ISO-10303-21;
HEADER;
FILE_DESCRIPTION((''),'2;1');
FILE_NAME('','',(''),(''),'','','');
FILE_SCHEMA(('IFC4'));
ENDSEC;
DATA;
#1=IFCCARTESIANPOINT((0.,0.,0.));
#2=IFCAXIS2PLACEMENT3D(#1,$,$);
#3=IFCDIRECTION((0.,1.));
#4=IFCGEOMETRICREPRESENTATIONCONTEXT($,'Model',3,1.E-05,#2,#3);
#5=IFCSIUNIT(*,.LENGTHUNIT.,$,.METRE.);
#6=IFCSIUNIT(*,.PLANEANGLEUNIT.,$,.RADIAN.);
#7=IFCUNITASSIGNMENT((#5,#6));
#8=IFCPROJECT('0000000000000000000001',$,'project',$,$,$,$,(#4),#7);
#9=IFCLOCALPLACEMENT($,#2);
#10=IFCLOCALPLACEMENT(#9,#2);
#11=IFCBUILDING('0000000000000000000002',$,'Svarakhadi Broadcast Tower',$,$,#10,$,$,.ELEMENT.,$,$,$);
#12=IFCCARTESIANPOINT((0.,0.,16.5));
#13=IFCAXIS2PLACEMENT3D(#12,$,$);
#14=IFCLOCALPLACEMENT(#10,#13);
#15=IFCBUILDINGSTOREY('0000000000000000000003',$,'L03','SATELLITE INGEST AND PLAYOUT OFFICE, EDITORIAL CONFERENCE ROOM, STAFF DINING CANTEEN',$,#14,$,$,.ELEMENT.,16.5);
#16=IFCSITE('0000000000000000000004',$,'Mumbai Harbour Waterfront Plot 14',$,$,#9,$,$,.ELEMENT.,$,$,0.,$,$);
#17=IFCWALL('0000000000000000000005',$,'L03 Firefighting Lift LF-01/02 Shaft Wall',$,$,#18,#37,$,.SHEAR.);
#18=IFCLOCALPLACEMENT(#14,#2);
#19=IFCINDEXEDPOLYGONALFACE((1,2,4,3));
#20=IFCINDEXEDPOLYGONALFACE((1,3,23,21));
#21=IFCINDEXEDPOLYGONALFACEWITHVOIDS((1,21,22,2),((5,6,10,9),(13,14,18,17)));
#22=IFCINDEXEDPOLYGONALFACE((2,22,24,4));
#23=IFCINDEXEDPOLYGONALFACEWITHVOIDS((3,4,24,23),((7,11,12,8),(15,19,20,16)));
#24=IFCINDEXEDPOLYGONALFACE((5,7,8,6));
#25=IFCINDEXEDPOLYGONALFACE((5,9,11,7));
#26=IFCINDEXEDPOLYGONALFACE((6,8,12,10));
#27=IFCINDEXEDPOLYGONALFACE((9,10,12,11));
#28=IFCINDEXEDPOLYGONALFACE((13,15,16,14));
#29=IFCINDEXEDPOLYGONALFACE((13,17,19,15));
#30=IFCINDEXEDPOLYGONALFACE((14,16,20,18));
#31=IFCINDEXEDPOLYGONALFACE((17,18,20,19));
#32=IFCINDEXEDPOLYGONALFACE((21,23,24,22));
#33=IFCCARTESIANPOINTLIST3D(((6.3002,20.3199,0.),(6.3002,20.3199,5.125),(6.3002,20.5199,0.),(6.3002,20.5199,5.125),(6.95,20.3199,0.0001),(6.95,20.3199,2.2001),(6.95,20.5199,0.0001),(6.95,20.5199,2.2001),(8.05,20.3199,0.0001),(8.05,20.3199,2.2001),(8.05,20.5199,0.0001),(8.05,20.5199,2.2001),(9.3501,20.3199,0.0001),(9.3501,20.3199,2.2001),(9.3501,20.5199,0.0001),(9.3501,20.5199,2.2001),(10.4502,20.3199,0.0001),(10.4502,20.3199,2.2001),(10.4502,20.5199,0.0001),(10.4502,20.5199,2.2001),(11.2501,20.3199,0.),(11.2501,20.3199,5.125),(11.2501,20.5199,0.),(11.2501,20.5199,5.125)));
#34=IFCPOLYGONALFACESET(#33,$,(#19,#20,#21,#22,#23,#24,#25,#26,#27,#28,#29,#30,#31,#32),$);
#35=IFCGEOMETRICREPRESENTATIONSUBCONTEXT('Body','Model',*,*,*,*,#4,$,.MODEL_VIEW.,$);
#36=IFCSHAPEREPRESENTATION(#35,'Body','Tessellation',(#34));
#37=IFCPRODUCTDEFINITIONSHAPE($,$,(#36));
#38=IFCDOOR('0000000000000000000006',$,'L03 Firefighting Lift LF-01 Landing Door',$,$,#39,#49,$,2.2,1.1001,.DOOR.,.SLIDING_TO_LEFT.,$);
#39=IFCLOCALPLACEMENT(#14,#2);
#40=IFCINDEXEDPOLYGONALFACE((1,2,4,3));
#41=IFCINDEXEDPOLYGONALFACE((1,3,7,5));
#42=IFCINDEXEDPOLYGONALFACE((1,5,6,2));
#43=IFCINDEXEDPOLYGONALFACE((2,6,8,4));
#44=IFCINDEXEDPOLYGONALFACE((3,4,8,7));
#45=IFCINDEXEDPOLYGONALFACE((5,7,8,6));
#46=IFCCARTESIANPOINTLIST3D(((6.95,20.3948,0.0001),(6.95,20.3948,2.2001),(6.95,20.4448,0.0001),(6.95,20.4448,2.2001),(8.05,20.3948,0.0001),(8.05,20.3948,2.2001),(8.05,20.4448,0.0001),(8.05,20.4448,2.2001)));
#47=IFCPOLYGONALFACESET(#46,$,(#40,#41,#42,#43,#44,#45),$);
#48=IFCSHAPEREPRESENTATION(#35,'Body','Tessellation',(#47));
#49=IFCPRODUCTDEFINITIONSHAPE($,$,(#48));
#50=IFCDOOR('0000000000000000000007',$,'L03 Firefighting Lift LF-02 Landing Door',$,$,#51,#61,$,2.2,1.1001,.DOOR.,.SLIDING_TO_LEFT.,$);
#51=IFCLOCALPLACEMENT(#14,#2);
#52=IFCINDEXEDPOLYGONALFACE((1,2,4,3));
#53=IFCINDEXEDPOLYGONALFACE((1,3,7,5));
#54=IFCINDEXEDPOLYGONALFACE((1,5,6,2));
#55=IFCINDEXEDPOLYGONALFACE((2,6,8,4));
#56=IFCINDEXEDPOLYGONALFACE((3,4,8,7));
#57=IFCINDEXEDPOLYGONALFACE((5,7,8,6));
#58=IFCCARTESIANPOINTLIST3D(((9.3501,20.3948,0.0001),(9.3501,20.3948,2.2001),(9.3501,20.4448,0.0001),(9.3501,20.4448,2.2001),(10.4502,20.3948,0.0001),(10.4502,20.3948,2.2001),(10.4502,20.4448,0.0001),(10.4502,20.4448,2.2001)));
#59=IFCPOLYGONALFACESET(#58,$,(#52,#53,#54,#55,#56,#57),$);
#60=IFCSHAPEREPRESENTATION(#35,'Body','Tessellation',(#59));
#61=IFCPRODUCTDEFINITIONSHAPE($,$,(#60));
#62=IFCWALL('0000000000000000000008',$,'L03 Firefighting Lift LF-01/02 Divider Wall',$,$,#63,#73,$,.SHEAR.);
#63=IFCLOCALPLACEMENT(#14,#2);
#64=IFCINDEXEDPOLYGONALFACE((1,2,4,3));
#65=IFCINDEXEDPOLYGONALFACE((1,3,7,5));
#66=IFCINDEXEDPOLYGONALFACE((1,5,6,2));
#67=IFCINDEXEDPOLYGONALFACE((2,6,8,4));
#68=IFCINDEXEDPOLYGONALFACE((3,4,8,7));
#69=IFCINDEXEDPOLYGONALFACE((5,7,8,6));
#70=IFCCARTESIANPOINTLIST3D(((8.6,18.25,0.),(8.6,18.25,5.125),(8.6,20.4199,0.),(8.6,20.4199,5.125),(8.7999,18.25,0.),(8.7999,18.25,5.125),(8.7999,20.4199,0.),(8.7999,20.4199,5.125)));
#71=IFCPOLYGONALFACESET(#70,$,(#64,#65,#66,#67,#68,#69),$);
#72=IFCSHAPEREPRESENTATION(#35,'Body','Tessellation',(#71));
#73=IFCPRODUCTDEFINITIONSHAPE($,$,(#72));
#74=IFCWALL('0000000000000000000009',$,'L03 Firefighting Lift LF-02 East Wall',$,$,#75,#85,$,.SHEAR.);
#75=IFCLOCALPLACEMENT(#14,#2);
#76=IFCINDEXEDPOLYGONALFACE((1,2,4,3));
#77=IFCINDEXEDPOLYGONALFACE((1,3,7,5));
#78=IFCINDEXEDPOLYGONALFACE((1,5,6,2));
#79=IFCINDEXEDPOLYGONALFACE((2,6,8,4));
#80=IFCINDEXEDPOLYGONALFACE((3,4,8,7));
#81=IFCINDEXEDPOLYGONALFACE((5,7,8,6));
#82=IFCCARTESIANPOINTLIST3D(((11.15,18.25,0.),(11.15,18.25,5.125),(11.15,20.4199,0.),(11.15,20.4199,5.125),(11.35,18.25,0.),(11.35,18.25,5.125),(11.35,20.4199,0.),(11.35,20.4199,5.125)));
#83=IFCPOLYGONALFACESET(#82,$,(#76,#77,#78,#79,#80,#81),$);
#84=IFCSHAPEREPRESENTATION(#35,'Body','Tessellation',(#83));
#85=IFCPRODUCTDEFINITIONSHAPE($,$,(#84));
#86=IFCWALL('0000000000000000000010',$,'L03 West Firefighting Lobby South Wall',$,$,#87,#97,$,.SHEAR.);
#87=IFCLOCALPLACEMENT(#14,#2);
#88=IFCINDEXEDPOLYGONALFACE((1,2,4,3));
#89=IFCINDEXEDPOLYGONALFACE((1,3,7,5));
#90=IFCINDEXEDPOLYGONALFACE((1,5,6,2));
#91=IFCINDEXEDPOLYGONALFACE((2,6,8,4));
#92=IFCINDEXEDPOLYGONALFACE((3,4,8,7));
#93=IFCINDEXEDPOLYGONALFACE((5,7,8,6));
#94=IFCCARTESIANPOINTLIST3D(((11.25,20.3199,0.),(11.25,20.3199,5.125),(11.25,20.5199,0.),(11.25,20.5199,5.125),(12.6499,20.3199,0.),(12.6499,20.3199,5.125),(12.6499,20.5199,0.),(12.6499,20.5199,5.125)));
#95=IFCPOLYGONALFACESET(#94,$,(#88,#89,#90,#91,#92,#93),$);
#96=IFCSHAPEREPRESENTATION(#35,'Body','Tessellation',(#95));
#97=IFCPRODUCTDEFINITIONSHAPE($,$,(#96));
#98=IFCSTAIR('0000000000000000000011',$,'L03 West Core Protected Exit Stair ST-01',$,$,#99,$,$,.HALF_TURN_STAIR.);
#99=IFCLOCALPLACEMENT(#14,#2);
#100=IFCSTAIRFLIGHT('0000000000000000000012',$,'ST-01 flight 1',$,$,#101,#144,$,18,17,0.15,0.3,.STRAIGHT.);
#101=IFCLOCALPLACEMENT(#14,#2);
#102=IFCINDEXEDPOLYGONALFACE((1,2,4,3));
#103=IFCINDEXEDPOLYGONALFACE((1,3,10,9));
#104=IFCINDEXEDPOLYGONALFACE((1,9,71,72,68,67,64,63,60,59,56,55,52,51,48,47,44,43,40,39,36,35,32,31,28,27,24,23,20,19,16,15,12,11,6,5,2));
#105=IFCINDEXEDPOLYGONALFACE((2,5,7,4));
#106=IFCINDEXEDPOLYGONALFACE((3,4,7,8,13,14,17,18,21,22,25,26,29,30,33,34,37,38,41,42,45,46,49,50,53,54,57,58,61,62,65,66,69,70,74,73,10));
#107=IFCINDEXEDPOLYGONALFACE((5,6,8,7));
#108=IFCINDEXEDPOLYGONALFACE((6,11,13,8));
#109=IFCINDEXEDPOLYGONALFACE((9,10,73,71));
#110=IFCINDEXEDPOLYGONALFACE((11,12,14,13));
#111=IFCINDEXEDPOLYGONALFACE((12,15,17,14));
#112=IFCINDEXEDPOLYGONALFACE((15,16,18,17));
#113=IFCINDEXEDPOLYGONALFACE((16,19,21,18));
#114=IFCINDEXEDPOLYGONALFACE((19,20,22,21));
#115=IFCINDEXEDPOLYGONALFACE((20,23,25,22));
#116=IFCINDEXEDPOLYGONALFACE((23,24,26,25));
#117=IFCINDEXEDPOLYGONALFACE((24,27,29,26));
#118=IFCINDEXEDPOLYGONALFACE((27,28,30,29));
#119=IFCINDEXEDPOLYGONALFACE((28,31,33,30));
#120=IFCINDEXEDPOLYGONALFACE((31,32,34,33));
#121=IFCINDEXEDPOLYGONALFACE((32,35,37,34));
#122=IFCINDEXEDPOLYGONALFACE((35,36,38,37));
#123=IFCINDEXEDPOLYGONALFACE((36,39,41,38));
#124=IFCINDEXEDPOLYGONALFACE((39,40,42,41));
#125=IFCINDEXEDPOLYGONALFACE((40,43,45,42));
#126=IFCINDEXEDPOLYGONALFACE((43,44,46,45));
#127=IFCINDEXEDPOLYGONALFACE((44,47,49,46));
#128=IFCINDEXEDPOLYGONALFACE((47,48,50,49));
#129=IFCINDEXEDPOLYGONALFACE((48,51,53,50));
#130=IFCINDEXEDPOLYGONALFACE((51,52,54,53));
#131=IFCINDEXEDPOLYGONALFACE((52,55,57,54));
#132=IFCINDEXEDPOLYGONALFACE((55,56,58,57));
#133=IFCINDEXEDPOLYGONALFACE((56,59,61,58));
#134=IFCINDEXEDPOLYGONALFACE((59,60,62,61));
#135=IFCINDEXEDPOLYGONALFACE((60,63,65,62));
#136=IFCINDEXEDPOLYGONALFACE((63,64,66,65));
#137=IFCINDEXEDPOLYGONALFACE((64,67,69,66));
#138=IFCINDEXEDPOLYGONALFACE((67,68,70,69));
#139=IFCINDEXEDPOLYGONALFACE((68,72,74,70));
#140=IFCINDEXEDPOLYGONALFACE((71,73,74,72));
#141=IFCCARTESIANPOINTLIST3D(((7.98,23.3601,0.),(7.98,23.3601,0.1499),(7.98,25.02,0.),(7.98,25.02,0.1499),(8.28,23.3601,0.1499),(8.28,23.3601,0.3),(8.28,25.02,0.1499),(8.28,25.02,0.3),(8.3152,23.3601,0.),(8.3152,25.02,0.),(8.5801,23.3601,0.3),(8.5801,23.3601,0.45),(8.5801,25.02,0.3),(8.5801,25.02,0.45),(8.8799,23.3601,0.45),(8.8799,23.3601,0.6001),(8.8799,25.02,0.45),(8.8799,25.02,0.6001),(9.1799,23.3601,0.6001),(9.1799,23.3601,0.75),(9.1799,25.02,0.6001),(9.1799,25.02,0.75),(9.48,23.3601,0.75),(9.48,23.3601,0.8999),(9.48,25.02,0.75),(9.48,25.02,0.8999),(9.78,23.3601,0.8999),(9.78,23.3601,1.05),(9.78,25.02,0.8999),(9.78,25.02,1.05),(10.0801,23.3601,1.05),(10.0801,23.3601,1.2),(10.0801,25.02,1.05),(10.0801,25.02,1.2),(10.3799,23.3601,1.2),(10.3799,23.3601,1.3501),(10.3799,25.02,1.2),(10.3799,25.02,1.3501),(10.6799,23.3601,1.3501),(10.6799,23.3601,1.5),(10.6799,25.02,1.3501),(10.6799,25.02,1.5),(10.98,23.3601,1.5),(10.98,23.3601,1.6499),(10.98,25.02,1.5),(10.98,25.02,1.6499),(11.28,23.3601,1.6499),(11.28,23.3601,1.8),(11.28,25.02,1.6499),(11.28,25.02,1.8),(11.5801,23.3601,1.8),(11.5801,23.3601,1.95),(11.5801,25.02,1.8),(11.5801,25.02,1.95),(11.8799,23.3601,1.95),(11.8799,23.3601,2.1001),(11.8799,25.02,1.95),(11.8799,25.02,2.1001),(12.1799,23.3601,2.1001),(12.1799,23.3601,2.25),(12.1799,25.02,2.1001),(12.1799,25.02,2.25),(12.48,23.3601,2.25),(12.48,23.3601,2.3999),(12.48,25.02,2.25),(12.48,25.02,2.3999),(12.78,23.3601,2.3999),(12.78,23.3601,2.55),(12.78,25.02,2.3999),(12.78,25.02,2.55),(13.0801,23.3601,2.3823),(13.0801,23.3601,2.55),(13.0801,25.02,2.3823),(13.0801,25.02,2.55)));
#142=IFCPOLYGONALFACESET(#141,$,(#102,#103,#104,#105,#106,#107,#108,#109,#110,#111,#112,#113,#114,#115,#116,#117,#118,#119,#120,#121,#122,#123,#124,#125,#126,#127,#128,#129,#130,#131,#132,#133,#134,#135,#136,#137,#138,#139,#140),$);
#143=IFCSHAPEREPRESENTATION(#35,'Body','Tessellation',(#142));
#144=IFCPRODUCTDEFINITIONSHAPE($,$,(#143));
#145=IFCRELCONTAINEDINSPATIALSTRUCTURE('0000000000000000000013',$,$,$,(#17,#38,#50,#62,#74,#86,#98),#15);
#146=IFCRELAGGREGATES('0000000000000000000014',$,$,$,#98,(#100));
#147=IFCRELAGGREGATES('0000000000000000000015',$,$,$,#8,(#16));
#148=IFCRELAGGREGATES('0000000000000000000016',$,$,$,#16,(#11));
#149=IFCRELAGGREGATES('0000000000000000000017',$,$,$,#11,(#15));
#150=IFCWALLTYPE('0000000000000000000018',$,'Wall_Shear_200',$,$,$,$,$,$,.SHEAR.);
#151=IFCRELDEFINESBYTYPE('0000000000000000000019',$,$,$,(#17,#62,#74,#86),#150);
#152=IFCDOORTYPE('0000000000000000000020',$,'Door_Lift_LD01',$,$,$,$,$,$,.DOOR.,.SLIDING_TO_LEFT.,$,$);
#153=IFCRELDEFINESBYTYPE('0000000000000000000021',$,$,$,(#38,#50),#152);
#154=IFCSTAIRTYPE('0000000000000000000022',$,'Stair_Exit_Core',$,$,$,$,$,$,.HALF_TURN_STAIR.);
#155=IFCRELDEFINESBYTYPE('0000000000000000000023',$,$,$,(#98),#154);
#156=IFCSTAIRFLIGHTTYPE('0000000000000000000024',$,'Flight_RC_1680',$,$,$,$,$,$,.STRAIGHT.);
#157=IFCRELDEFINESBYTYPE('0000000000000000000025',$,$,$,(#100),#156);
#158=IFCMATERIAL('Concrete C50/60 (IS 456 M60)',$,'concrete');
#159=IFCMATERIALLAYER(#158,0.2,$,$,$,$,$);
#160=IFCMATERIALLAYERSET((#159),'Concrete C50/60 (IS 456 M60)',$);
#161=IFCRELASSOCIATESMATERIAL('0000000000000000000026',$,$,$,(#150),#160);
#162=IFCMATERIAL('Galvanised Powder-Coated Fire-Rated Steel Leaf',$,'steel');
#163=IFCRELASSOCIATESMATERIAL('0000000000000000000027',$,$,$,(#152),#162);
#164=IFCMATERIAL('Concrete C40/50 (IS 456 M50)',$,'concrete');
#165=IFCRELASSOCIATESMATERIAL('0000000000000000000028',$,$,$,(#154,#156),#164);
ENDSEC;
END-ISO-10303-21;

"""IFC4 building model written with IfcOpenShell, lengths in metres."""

from ifc_helpers import new_model, si_unit, direction, frame, frame_2d, origin, place, context, subcontext, project, spatial, polyline, rectangle, outline, extrude, material, layer, layer_set, type_object, element, fill, aggregate, save


model = new_model("IFC4")

# Units and contexts
model_context = context("Model", 3, precision=1e-05, world=origin(), true_north=direction((0.0, 1.0)))
body_context = subcontext(model_context, "Body", "Model", "MODEL_VIEW")
ifc_project = project(units=[si_unit("LENGTHUNIT", "METRE"), si_unit("PLANEANGLEUNIT", "RADIAN")], contexts=[model_context])

# Site, building, storey
site_placement = place(None, origin())
site = spatial("IfcSite", under=ifc_project, at=site_placement, Name="Mumbai Harbour Waterfront Plot 14", CompositionType="ELEMENT", RefElevation=0.0)
building_placement = place(site_placement, origin())
building = spatial("IfcBuilding", under=site, at=building_placement, Name="Svarakhadi Broadcast Tower", CompositionType="ELEMENT")
storey_placement = place(building_placement, frame((0.0, 0.0, 16.5)))
storey = spatial("IfcBuildingStorey", under=building, at=storey_placement, Name="L03", Description="SATELLITE INGEST AND PLAYOUT OFFICE, EDITORIAL CONFERENCE ROOM, STAFF DINING CANTEEN", CompositionType="ELEMENT", Elevation=16.5)

# Shared definitions
ifc_material_1 = material(Name="Concrete C50/60 (IS 456 M60)", Category="concrete")

# Shared definitions
ifc_material_2 = material(Name="Concrete C40/50 (IS 456 M50)", Category="concrete")

# Shared definitions
ifc_layer_1 = layer(ifc_material_1, 0.2)
ifc_layer_set_1 = layer_set([ifc_layer_1], Name="Concrete C50/60 (IS 456 M60)")
wall_type_1 = type_object("IfcWallType", Name="Wall_Shear_200", PredefinedType="SHEAR", material=ifc_layer_set_1)
ifc_material_3 = material(Name="Galvanised Powder-Coated Fire-Rated Steel Leaf", Category="steel")

# Wall, openings, doors
wall_1_placement = place(storey_placement, frame((6.3, 20.4199, 0.0), z_axis=(0.0, 0.0, 1.0), x_axis=(1.0, 0.0, 0.0)))
wall_1 = element("IfcWall", 1, at=wall_1_placement, inside=storey, type_object=wall_type_1, Name="L03 Firefighting Lift LF-01/02 Shaft Wall", PredefinedType="SHEAR", context=body_context, shape_type="SweptSolid", body=[
    extrude(rectangle(XDim=4.95, YDim=0.2, at=frame_2d((2.4751, 0.0))), origin(), (0.0, 0.0, 1.0), 5.125),
])
opening_1_placement = place(wall_1_placement, frame((0.6499, 0.0, 0.0)))
opening_1 = element("IfcOpeningElement", 2, at=opening_1_placement, cuts=wall_1, PredefinedType="OPENING", context=body_context, shape_type="SweptSolid", body=[
    extrude(rectangle(XDim=1.1001, YDim=2.2, at=frame_2d((0.55, 1.1001))), frame((0.0, 0.1099, 0.0), z_axis=(0.0, -1.0, 0.0), x_axis=(1.0, 0.0, 0.0)), (0.0, 0.0, 1.0), 0.22),
])
opening_2_placement = place(wall_1_placement, frame((3.05, 0.0, 0.0)))
opening_2 = element("IfcOpeningElement", 3, at=opening_2_placement, cuts=wall_1, PredefinedType="OPENING", context=body_context, shape_type="SweptSolid", body=[
    extrude(rectangle(XDim=1.1001, YDim=2.2, at=frame_2d((0.55, 1.1001))), frame((0.0, 0.1099, 0.0), z_axis=(0.0, -1.0, 0.0), x_axis=(1.0, 0.0, 0.0)), (0.0, 0.0, 1.0), 0.22),
])
door_type_1 = type_object("IfcDoorType", Name="Door_Lift_LD01", OperationType="SLIDING_TO_LEFT", PredefinedType="DOOR", material=ifc_material_3)
door_1_placement = place(opening_1_placement, origin())
door_1 = element("IfcDoor", 4, at=door_1_placement, inside=storey, type_object=door_type_1, Name="L03 Firefighting Lift LF-01 Landing Door", OperationType="SLIDING_TO_LEFT", OverallHeight=2.2, OverallWidth=1.1001, PredefinedType="DOOR", context=body_context, shape_type="SweptSolid", body=[
    extrude(rectangle(XDim=1.1001, YDim=2.2, at=frame_2d((0.55, 1.1001))), frame((0.0, 0.0249, 0.0), z_axis=(0.0, -1.0, 0.0), x_axis=(1.0, 0.0, 0.0)), (0.0, 0.0, 1.0), 0.05),
])
fill(opening_1, door_1)
door_2_placement = place(opening_2_placement, origin())
door_2 = element("IfcDoor", 5, at=door_2_placement, inside=storey, type_object=door_type_1, Name="L03 Firefighting Lift LF-02 Landing Door", OperationType="SLIDING_TO_LEFT", OverallHeight=2.2, OverallWidth=1.1001, PredefinedType="DOOR", context=body_context, shape_type="SweptSolid", body=[
    extrude(rectangle(XDim=1.1001, YDim=2.2, at=frame_2d((0.55, 1.1001))), frame((0.0, 0.0249, 0.0), z_axis=(0.0, -1.0, 0.0), x_axis=(1.0, 0.0, 0.0)), (0.0, 0.0, 1.0), 0.05),
])
fill(opening_2, door_2)

# Walls
for number, where, z_axis, x_axis, name in (
    (6, (8.7, 18.25, 0.0), (0.0, 0.0, 1.0), (0.0, 1.0, 0.0), "L03 Firefighting Lift LF-01/02 Divider Wall"),
    (7, (11.25, 18.25, 0.0), (0.0, 0.0, 1.0), (0.0, 1.0, 0.0), "L03 Firefighting Lift LF-02 East Wall"),
):
    element("IfcWall", number, at=place(storey_placement, frame(where, z_axis=z_axis, x_axis=x_axis)), inside=storey, type_object=wall_type_1, Name=name, PredefinedType="SHEAR", context=body_context, shape_type="SweptSolid", body=[
        extrude(rectangle(XDim=2.1699, YDim=0.2, at=frame_2d((1.085, 0.0))), origin(), (0.0, 0.0, 1.0), 5.125),
    ])
wall_2_placement = place(storey_placement, frame((11.25, 20.4199, 0.0), z_axis=(0.0, 0.0, 1.0), x_axis=(1.0, 0.0, 0.0)))
element("IfcWall", 8, at=wall_2_placement, inside=storey, type_object=wall_type_1, Name="L03 West Firefighting Lobby South Wall", PredefinedType="SHEAR", context=body_context, shape_type="SweptSolid", body=[
    extrude(rectangle(XDim=1.3999, YDim=0.2, at=frame_2d((0.7, 0.0))), origin(), (0.0, 0.0, 1.0), 5.125),
])

# Stair, stair flight
stair_type = type_object("IfcStairType", Name="Stair_Exit_Core", PredefinedType="HALF_TURN_STAIR", material=ifc_material_2)
stair_placement = place(storey_placement, origin())
stair = element("IfcStair", 9, at=stair_placement, inside=storey, type_object=stair_type, Name="L03 West Core Protected Exit Stair ST-01", PredefinedType="HALF_TURN_STAIR")
stair_flight_type = type_object("IfcStairFlightType", Name="Flight_RC_1680", PredefinedType="STRAIGHT", material=ifc_material_2)
stair_flight_placement = place(storey_placement, frame((7.98, 24.1899, 0.0), z_axis=(0.0, 0.0, 1.0), x_axis=(1.0, 0.0, 0.0)))
stair_flight = element("IfcStairFlight", 10, at=stair_flight_placement, type_object=stair_flight_type, Name="ST-01 flight 1", NumberOfRisers=18, NumberOfTreads=17, PredefinedType="STRAIGHT", RiserHeight=0.15, TreadLength=0.3, context=body_context, shape_type="SweptSolid", body=[
    extrude(outline(polyline([(0.0, 0.0), (0.0, 0.1499), (0.3, 0.1499), (0.3, 0.3), (0.6001, 0.3), (0.6001, 0.45), (0.8999, 0.45), (0.8999, 0.6001), (1.2, 0.6001), (1.2, 0.75), (1.5, 0.75), (1.5, 0.8999), (1.8, 0.8999), (1.8, 1.05), (2.1001, 1.05), (2.1001, 1.2), (2.3999, 1.2), (2.3999, 1.3501), (2.7, 1.3501), (2.7, 1.5), (3.0, 1.5), (3.0, 1.6499), (3.3, 1.6499), (3.3, 1.8), (3.6001, 1.8), (3.6001, 1.95), (3.8999, 1.95), (3.8999, 2.1001), (4.2, 2.1001), (4.2, 2.25), (4.5, 2.25), (4.5, 2.3999), (4.8, 2.3999), (4.8, 2.55), (5.1001, 2.55), (5.1001, 2.7), (5.1001, 2.3823), (0.3352, 0.0), (0.0, 0.0)])), frame((0.0, 0.8301, 0.0), z_axis=(0.0, -1.0, 0.0), x_axis=(1.0, 0.0, 0.0)), (0.0, 0.0, 1.0), 1.6599),
])
aggregate(stair, [stair_flight])

save(model, "model.ifc")
